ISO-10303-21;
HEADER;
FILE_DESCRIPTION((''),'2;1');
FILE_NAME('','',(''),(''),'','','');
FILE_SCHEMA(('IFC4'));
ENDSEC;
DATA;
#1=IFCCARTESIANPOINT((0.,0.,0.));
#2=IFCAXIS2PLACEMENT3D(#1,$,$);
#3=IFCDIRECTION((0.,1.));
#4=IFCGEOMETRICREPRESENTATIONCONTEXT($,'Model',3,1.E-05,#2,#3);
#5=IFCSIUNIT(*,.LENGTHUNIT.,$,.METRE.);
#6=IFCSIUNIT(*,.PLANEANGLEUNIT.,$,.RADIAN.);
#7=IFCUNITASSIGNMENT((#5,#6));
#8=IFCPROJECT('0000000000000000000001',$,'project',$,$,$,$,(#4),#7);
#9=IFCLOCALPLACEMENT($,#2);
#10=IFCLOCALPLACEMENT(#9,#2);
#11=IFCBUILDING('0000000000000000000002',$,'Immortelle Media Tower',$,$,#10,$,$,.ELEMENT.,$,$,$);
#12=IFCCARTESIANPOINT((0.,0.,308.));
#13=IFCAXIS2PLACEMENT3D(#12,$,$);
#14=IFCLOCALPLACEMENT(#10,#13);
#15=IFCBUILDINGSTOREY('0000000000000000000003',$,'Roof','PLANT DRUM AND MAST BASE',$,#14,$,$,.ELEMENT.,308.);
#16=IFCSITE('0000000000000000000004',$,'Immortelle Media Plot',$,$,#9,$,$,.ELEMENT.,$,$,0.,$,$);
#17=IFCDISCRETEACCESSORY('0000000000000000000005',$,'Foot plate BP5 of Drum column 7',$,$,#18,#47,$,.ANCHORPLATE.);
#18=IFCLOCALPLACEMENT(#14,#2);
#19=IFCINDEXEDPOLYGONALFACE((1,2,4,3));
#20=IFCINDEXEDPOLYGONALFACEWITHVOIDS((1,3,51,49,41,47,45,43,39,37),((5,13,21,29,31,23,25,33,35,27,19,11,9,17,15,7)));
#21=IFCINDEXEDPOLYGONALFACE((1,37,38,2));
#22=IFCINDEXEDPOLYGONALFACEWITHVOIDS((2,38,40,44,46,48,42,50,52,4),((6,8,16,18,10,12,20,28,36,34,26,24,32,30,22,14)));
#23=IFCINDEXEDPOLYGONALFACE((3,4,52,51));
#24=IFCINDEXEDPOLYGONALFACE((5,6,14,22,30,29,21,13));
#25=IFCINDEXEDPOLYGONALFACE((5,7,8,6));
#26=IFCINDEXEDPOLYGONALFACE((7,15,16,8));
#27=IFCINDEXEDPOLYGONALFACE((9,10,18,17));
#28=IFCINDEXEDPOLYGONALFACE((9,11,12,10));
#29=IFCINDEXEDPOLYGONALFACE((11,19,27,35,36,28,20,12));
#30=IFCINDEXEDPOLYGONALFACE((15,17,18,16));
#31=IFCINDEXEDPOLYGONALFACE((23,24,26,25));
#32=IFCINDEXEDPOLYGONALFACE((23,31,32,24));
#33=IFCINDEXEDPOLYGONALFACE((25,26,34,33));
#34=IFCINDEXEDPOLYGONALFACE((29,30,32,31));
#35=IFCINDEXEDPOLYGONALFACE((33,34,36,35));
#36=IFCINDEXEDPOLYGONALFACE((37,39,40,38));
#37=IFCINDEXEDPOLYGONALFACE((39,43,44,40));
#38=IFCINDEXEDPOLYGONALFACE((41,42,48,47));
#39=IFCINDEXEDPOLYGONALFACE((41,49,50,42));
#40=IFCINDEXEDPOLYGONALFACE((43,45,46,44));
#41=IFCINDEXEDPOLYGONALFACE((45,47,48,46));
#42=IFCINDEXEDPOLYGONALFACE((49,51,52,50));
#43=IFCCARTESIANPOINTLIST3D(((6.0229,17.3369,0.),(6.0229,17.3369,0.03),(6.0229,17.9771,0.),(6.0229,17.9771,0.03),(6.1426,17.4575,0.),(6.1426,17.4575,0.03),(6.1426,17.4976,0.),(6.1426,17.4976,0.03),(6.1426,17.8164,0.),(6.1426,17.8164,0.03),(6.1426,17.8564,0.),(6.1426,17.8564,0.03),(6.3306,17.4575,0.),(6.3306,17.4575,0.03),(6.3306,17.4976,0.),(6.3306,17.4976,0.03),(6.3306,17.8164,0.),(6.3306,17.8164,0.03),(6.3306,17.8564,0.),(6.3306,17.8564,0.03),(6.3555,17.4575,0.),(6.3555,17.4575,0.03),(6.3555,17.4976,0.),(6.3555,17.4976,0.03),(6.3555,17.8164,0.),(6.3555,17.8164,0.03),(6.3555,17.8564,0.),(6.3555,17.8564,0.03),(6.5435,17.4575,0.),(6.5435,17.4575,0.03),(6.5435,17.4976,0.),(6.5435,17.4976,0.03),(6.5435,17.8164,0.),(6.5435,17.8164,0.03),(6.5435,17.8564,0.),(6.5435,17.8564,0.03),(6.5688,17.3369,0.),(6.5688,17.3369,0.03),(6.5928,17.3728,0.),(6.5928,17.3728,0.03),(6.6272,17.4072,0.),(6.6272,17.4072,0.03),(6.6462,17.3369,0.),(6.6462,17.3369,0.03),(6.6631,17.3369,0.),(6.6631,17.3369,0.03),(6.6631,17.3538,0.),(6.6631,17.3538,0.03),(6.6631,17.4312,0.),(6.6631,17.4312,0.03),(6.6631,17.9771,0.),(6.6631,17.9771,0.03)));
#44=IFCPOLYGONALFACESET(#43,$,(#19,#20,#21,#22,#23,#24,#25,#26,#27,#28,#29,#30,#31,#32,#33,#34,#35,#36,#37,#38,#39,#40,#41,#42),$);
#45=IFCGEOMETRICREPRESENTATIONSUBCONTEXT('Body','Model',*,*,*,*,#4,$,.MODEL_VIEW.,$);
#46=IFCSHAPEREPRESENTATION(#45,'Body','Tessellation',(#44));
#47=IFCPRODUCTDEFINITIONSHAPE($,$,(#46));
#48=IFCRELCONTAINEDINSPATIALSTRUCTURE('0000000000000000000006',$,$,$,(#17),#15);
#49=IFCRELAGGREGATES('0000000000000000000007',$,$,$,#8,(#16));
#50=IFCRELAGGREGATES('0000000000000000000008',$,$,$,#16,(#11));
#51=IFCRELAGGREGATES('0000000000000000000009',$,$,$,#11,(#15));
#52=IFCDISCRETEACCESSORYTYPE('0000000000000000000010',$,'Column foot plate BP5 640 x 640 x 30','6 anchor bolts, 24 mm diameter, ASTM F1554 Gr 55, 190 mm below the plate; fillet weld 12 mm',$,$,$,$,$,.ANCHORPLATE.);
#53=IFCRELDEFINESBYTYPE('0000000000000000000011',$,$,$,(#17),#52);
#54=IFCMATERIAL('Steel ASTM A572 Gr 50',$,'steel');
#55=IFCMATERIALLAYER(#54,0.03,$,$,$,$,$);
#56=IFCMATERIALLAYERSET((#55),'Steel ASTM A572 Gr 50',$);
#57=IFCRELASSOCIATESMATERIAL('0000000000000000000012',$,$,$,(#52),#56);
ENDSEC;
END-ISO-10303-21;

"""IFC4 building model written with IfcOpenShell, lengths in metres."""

from ifc_helpers import new_model, si_unit, direction, frame, origin, place, context, subcontext, project, spatial, polyline, outline, extrude, material, layer, layer_set, type_object, element, save


model = new_model("IFC4")

# Units and contexts
model_context = context("Model", 3, precision=1e-05, world=origin(), true_north=direction((0.0, 1.0)))
body_context = subcontext(model_context, "Body", "Model", "MODEL_VIEW")
ifc_project = project(units=[si_unit("LENGTHUNIT", "METRE"), si_unit("PLANEANGLEUNIT", "RADIAN")], contexts=[model_context])

# Site, building, storey
site_placement = place(None, origin())
site = spatial("IfcSite", under=ifc_project, at=site_placement, Name="Immortelle Media Plot", CompositionType="ELEMENT", RefElevation=0.0)
building_placement = place(site_placement, origin())
building = spatial("IfcBuilding", under=site, at=building_placement, Name="Immortelle Media Tower", CompositionType="ELEMENT")
storey_placement = place(building_placement, frame((0.0, 0.0, 308.0)))
storey = spatial("IfcBuildingStorey", under=building, at=storey_placement, Name="Roof", Description="PLANT DRUM AND MAST BASE", CompositionType="ELEMENT", Elevation=308.0)

# Discrete accessory
ifc_material_1 = material(Name="Steel ASTM A572 Gr 50", Category="steel")
ifc_layer_1 = layer(ifc_material_1, 0.03)
ifc_layer_set_1 = layer_set([ifc_layer_1], Name="Steel ASTM A572 Gr 50")
discrete_accessory_type = type_object("IfcDiscreteAccessoryType", Name="Column foot plate BP5 640 x 640 x 30", Description="6 anchor bolts, 24 mm diameter, ASTM F1554 Gr 55, 190 mm below the plate; fillet weld 12 mm", PredefinedType="ANCHORPLATE", material=ifc_layer_set_1)
discrete_accessory_1_placement = place(storey_placement, frame((6.343, 17.657, 0.0), z_axis=(0.0, 0.0, 1.0), x_axis=(1.0, 0.0, 0.0)))
element("IfcDiscreteAccessory", 1, at=discrete_accessory_1_placement, inside=storey, type_object=discrete_accessory_type, Name="Foot plate BP5 of Drum column 7", PredefinedType="ANCHORPLATE", context=body_context, shape_type="SweptSolid", body=[
    extrude(outline(polyline([(0.3032, -0.3201), (0.3201, -0.3201), (0.3201, -0.3032), (0.2842, -0.2498), (0.3201, -0.2258), (0.3201, 0.3201), (-0.3201, 0.3201), (-0.3201, -0.3201), (0.2258, -0.3201), (0.2498, -0.2842), (0.3032, -0.3201)]), holes=[polyline([(0.0125, -0.1594), (0.2004, -0.1594), (0.2004, -0.1995), (0.0125, -0.1995), (-0.0125, -0.1995), (-0.2004, -0.1995), (-0.2004, -0.1594), (-0.0125, -0.1594), (-0.0125, 0.1594), (-0.2004, 0.1594), (-0.2004, 0.1995), (-0.0125, 0.1995), (0.0125, 0.1995), (0.2004, 0.1995), (0.2004, 0.1594), (0.0125, 0.1594), (0.0125, -0.1594)])]), origin(), (0.0, 0.0, 1.0), 0.03),
])

save(model, "model.ifc")
